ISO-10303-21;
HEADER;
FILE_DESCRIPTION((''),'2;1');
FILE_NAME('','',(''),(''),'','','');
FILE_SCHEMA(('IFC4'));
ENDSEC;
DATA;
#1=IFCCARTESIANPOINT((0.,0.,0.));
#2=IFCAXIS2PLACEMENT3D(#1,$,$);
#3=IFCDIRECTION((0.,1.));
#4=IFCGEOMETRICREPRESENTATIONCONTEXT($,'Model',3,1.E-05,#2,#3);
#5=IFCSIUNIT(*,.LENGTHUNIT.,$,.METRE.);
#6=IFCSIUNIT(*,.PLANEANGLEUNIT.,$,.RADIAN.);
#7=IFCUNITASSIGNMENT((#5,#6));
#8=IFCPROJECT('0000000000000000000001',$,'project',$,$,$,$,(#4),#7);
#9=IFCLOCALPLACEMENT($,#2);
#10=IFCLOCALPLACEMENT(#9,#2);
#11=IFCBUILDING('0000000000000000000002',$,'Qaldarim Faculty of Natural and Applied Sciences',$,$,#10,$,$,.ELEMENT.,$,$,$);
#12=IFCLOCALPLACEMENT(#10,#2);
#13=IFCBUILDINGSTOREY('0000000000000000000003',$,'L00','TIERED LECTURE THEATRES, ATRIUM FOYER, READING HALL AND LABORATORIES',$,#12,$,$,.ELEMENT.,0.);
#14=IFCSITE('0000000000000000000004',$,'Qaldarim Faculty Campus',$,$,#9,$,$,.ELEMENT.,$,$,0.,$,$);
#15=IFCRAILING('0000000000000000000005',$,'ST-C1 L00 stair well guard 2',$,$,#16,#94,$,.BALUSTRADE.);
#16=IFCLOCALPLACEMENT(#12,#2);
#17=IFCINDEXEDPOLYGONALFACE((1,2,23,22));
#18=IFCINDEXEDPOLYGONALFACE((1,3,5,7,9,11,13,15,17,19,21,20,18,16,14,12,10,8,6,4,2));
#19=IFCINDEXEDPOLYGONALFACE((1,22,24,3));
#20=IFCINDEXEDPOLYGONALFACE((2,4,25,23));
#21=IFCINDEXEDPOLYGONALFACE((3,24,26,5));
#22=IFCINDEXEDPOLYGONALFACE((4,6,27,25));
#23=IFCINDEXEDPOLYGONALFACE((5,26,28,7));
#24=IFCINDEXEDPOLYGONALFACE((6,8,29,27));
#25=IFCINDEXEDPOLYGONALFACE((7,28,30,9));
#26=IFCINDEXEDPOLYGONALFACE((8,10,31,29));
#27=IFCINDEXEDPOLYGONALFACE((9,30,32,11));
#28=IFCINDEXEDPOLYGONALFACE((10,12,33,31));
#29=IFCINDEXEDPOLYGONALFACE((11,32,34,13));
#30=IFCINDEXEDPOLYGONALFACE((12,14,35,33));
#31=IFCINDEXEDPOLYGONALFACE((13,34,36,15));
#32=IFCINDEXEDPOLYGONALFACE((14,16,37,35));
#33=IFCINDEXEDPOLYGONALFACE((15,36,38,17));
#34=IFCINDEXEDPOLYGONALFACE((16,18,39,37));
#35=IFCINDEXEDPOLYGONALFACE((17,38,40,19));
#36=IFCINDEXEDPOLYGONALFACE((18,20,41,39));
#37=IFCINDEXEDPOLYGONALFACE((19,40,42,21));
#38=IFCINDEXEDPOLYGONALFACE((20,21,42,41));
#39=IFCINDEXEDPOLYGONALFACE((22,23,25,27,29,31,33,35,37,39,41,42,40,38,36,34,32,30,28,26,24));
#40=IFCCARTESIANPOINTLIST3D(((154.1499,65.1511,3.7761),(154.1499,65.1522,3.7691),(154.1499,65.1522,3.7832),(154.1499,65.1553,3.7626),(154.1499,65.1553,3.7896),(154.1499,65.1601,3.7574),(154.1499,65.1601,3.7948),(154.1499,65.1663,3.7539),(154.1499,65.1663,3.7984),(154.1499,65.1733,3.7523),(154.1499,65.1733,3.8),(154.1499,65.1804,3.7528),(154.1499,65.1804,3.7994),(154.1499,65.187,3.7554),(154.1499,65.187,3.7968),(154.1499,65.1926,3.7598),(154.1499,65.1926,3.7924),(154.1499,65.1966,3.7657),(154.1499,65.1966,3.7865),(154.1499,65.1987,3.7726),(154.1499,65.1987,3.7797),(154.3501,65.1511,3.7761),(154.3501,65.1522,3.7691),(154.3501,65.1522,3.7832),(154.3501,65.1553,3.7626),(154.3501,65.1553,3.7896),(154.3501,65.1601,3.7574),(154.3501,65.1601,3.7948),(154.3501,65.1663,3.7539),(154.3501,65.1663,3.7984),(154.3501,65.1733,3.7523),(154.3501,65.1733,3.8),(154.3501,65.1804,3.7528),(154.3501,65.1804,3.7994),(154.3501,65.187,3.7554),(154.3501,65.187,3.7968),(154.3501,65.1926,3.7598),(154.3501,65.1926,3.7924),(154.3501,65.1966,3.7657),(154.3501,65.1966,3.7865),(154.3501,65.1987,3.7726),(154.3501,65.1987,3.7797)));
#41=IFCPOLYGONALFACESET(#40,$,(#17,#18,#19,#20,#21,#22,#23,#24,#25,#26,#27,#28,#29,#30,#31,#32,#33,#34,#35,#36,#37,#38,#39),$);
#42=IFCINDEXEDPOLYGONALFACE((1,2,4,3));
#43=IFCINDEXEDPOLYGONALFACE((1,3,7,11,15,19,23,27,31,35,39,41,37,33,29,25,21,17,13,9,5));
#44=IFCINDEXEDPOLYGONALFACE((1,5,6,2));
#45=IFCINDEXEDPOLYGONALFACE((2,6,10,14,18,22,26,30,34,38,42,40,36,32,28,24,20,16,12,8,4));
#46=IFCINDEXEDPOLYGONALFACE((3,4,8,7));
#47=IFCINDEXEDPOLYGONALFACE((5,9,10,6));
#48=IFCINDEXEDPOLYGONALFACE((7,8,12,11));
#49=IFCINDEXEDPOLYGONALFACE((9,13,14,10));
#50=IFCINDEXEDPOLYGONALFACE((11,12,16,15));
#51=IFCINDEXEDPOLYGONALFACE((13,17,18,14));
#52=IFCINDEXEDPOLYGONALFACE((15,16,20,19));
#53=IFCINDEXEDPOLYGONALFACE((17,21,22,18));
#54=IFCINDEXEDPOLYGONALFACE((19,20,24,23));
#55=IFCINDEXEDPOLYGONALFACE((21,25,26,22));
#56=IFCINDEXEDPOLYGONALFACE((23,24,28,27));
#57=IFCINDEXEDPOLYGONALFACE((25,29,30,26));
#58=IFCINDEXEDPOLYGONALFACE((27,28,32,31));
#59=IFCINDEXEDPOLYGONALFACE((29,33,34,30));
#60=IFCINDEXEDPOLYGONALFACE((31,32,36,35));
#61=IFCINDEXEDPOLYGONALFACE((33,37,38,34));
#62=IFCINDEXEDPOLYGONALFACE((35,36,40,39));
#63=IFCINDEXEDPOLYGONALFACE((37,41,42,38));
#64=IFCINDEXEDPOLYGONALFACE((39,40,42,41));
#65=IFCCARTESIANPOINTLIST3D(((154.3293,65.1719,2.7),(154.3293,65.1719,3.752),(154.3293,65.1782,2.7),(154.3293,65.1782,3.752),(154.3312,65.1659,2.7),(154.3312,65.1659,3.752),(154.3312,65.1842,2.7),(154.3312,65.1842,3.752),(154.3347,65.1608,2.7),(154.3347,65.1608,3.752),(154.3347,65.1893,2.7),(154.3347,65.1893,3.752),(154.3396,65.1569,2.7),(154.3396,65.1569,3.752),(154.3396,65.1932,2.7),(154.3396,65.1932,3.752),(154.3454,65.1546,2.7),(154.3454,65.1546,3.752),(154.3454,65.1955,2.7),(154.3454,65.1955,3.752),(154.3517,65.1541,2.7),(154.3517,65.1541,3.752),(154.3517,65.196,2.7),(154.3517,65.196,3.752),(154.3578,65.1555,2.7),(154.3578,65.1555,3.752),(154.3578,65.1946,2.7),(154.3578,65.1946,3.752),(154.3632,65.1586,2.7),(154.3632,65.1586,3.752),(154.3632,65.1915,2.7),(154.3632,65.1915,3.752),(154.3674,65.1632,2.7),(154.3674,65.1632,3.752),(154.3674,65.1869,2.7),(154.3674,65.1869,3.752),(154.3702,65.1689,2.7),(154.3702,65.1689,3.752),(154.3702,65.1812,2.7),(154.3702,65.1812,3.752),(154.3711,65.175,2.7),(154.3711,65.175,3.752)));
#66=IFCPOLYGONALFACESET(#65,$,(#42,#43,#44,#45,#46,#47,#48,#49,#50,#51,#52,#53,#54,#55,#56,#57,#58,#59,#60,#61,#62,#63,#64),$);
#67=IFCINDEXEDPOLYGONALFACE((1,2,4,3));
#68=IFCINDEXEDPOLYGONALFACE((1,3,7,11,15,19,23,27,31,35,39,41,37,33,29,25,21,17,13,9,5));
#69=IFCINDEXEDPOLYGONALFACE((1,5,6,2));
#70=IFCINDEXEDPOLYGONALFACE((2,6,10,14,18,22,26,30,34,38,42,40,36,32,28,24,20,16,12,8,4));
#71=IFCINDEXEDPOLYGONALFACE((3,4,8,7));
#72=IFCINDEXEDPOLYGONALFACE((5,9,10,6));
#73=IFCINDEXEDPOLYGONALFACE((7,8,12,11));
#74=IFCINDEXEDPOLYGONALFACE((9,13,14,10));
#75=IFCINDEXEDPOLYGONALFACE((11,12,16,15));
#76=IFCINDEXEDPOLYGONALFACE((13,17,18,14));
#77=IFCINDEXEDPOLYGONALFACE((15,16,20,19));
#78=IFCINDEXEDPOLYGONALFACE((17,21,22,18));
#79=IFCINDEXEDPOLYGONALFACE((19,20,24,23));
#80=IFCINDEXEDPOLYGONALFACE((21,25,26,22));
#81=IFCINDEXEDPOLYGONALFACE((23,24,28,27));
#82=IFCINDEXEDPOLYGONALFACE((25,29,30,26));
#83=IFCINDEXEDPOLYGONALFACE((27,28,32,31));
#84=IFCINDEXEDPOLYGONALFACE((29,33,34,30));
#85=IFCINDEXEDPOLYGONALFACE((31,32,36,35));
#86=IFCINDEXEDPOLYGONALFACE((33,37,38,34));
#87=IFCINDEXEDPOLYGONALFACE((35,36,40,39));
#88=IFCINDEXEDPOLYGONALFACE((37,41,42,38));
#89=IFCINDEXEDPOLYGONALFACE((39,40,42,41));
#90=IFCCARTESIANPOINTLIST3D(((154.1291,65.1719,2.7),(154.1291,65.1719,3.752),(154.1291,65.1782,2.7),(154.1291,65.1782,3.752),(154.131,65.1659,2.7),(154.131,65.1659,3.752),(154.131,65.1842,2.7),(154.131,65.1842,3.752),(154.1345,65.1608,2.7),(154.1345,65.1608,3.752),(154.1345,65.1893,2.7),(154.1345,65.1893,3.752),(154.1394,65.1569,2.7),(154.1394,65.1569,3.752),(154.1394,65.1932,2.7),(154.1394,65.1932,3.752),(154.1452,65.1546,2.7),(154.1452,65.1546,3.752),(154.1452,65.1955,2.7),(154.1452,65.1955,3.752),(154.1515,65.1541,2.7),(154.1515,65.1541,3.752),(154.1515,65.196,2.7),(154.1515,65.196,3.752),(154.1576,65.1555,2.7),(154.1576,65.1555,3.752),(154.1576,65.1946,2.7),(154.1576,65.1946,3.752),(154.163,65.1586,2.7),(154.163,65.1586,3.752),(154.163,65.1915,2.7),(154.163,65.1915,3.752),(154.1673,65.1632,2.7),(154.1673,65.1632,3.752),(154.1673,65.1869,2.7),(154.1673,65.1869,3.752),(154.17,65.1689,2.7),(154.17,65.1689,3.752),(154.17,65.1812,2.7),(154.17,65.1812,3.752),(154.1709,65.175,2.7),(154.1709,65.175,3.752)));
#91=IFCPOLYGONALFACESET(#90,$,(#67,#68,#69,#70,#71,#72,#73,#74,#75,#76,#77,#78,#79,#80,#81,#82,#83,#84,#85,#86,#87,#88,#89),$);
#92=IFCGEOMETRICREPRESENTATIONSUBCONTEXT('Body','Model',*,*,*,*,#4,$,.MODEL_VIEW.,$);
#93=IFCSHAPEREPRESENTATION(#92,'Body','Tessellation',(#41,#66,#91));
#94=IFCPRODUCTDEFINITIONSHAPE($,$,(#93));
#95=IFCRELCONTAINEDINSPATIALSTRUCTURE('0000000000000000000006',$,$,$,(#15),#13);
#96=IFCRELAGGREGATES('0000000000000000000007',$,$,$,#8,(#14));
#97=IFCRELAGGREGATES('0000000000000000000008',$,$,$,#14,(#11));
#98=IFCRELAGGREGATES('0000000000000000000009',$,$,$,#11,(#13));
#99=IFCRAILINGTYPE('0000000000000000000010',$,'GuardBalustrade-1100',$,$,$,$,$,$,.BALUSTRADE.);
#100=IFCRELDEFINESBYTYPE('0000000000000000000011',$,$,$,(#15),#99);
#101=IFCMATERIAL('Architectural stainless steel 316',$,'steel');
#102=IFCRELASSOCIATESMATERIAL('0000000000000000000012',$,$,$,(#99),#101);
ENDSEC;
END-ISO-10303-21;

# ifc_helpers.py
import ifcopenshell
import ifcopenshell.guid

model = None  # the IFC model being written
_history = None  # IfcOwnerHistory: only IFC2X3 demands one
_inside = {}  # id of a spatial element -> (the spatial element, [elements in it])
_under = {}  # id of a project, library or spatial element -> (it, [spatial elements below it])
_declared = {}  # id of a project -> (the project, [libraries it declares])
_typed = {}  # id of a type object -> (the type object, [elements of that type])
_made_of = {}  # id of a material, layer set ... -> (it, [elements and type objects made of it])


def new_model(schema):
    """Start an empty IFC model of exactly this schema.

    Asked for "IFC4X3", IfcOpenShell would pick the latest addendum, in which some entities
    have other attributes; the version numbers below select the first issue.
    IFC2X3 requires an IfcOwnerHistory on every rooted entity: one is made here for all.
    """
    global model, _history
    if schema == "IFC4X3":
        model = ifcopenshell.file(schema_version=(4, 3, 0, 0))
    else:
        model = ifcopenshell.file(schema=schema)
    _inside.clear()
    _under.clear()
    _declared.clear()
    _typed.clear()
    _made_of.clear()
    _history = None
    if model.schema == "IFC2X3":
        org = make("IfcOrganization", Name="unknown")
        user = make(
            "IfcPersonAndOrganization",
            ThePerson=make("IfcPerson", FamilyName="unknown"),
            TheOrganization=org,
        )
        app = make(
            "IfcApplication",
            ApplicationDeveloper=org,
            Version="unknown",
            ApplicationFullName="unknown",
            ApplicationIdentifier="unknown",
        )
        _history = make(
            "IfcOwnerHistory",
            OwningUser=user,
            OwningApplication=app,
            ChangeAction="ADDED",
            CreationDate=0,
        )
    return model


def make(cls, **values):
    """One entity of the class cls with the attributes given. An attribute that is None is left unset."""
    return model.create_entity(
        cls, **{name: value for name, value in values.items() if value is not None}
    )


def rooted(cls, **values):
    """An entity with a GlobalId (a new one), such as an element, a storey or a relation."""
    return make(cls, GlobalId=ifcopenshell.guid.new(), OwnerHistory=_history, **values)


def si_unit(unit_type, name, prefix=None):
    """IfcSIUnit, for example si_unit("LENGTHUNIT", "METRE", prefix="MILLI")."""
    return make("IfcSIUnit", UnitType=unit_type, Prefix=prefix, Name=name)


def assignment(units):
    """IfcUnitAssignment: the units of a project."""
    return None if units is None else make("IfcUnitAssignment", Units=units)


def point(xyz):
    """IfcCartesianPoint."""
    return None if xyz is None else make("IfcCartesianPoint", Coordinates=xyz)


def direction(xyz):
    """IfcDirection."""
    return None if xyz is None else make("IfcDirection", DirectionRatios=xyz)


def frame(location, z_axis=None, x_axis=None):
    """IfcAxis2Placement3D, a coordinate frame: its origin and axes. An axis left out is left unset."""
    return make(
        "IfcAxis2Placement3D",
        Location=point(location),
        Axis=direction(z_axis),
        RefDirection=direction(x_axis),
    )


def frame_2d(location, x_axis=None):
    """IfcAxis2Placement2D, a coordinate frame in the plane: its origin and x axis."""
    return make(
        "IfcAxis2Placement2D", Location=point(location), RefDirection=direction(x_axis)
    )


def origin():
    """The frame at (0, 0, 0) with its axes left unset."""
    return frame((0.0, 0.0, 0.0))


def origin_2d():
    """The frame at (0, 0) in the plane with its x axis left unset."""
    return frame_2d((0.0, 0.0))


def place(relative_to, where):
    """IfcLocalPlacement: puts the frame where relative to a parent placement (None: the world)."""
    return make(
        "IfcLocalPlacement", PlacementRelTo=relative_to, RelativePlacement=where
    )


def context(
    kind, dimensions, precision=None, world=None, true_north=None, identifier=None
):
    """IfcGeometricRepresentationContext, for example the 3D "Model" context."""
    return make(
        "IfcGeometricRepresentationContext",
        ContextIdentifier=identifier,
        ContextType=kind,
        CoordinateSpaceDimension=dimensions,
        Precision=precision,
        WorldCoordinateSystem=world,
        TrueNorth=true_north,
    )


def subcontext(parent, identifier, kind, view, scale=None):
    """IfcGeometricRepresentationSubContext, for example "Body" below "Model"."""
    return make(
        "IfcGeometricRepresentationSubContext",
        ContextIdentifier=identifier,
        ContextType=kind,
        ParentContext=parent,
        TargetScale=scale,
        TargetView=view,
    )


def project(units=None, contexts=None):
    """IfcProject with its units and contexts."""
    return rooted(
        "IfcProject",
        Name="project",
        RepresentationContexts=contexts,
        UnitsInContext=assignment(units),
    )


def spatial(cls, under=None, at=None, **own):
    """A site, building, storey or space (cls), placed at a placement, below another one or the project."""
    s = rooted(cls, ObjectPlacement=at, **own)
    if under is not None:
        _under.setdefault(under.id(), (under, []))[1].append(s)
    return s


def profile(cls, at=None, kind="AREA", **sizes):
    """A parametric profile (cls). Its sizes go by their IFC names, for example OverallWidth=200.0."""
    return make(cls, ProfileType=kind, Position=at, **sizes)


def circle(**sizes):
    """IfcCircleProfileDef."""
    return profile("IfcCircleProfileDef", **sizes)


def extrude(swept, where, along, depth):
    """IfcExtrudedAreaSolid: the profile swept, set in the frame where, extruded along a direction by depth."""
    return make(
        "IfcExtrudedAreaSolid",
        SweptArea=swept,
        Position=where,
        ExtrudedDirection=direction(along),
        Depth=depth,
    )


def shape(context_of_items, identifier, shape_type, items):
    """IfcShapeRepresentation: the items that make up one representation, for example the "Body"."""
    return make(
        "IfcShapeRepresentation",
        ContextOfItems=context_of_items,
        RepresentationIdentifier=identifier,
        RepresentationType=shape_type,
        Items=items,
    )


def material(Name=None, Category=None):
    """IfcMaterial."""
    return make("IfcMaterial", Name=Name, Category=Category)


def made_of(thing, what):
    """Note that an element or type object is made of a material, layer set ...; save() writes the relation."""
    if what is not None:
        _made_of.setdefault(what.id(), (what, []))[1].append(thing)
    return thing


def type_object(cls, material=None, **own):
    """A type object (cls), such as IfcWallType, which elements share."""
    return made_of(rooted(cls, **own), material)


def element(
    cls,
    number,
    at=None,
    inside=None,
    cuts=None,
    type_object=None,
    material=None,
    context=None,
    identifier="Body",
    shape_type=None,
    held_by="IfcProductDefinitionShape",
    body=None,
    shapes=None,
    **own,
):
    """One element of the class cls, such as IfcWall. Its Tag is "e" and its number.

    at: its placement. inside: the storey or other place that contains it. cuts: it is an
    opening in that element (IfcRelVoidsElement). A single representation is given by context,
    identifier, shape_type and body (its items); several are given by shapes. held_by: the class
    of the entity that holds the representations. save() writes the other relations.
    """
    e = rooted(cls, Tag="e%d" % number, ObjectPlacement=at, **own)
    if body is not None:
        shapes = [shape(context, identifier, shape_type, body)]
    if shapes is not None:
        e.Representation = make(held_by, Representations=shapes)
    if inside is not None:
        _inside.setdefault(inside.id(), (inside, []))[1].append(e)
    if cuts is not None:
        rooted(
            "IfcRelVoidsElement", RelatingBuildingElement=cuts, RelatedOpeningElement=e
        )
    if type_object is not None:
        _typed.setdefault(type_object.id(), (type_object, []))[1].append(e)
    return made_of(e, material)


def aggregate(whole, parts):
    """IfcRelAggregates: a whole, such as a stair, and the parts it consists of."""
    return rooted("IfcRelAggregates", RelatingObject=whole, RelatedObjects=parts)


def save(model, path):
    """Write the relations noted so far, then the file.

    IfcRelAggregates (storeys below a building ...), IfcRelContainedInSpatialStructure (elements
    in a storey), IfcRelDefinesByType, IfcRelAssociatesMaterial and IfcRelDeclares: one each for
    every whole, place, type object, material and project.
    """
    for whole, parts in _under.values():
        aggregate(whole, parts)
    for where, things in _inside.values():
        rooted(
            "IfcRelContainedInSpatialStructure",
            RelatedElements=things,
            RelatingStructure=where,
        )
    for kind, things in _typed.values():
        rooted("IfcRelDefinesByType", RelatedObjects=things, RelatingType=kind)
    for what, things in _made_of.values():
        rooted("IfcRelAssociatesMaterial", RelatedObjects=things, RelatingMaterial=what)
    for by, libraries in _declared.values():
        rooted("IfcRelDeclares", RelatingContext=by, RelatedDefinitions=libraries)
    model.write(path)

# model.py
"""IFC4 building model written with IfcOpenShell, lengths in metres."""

from ifc_helpers import new_model, si_unit, direction, frame, origin, origin_2d, place, context, subcontext, project, spatial, circle, extrude, material, type_object, element, save


model = new_model("IFC4")

# Units and contexts
model_context = context("Model", 3, precision=1e-05, world=origin(), true_north=direction((0.0, 1.0)))
body_context = subcontext(model_context, "Body", "Model", "MODEL_VIEW")
ifc_project = project(units=[si_unit("LENGTHUNIT", "METRE"), si_unit("PLANEANGLEUNIT", "RADIAN")], contexts=[model_context])

# Site, building, storey
site_placement = place(None, origin())
site = spatial("IfcSite", under=ifc_project, at=site_placement, Name="Qaldarim Faculty Campus", CompositionType="ELEMENT", RefElevation=0.0)
building_placement = place(site_placement, origin())
building = spatial("IfcBuilding", under=site, at=building_placement, Name="Qaldarim Faculty of Natural and Applied Sciences", CompositionType="ELEMENT")
storey_placement = place(building_placement, origin())
storey = spatial("IfcBuildingStorey", under=building, at=storey_placement, Name="L00", Description="TIERED LECTURE THEATRES, ATRIUM FOYER, READING HALL AND LABORATORIES", CompositionType="ELEMENT", Elevation=0.0)

# Railing
ifc_material_1 = material(Name="Architectural stainless steel 316", Category="steel")
railing_type_1 = type_object("IfcRailingType", Name="GuardBalustrade-1100", PredefinedType="BALUSTRADE", material=ifc_material_1)
railing_1_placement = place(storey_placement, frame((154.3501, 65.175, 2.7)))
element("IfcRailing", 1, at=railing_1_placement, inside=storey, type_object=railing_type_1, Name="ST-C1 L00 stair well guard 2", PredefinedType="BALUSTRADE", context=body_context, shape_type="SweptSolid", body=[
    extrude(circle(Radius=0.0239, at=origin_2d()), frame((0.0, 0.0, 1.0762), z_axis=(-1.0, 0.0, 0.0), x_axis=(0.0, -1.0, 0.0)), (0.0, 0.0, 1.0), 0.2002),
    extrude(circle(Radius=0.021, at=origin_2d()), origin(), (0.0, 0.0, 1.0), 1.052),
    extrude(circle(Radius=0.021, at=origin_2d()), frame((-0.2002, 0.0, 0.0)), (0.0, 0.0, 1.0), 1.052),
])

save(model, "model.ifc")
